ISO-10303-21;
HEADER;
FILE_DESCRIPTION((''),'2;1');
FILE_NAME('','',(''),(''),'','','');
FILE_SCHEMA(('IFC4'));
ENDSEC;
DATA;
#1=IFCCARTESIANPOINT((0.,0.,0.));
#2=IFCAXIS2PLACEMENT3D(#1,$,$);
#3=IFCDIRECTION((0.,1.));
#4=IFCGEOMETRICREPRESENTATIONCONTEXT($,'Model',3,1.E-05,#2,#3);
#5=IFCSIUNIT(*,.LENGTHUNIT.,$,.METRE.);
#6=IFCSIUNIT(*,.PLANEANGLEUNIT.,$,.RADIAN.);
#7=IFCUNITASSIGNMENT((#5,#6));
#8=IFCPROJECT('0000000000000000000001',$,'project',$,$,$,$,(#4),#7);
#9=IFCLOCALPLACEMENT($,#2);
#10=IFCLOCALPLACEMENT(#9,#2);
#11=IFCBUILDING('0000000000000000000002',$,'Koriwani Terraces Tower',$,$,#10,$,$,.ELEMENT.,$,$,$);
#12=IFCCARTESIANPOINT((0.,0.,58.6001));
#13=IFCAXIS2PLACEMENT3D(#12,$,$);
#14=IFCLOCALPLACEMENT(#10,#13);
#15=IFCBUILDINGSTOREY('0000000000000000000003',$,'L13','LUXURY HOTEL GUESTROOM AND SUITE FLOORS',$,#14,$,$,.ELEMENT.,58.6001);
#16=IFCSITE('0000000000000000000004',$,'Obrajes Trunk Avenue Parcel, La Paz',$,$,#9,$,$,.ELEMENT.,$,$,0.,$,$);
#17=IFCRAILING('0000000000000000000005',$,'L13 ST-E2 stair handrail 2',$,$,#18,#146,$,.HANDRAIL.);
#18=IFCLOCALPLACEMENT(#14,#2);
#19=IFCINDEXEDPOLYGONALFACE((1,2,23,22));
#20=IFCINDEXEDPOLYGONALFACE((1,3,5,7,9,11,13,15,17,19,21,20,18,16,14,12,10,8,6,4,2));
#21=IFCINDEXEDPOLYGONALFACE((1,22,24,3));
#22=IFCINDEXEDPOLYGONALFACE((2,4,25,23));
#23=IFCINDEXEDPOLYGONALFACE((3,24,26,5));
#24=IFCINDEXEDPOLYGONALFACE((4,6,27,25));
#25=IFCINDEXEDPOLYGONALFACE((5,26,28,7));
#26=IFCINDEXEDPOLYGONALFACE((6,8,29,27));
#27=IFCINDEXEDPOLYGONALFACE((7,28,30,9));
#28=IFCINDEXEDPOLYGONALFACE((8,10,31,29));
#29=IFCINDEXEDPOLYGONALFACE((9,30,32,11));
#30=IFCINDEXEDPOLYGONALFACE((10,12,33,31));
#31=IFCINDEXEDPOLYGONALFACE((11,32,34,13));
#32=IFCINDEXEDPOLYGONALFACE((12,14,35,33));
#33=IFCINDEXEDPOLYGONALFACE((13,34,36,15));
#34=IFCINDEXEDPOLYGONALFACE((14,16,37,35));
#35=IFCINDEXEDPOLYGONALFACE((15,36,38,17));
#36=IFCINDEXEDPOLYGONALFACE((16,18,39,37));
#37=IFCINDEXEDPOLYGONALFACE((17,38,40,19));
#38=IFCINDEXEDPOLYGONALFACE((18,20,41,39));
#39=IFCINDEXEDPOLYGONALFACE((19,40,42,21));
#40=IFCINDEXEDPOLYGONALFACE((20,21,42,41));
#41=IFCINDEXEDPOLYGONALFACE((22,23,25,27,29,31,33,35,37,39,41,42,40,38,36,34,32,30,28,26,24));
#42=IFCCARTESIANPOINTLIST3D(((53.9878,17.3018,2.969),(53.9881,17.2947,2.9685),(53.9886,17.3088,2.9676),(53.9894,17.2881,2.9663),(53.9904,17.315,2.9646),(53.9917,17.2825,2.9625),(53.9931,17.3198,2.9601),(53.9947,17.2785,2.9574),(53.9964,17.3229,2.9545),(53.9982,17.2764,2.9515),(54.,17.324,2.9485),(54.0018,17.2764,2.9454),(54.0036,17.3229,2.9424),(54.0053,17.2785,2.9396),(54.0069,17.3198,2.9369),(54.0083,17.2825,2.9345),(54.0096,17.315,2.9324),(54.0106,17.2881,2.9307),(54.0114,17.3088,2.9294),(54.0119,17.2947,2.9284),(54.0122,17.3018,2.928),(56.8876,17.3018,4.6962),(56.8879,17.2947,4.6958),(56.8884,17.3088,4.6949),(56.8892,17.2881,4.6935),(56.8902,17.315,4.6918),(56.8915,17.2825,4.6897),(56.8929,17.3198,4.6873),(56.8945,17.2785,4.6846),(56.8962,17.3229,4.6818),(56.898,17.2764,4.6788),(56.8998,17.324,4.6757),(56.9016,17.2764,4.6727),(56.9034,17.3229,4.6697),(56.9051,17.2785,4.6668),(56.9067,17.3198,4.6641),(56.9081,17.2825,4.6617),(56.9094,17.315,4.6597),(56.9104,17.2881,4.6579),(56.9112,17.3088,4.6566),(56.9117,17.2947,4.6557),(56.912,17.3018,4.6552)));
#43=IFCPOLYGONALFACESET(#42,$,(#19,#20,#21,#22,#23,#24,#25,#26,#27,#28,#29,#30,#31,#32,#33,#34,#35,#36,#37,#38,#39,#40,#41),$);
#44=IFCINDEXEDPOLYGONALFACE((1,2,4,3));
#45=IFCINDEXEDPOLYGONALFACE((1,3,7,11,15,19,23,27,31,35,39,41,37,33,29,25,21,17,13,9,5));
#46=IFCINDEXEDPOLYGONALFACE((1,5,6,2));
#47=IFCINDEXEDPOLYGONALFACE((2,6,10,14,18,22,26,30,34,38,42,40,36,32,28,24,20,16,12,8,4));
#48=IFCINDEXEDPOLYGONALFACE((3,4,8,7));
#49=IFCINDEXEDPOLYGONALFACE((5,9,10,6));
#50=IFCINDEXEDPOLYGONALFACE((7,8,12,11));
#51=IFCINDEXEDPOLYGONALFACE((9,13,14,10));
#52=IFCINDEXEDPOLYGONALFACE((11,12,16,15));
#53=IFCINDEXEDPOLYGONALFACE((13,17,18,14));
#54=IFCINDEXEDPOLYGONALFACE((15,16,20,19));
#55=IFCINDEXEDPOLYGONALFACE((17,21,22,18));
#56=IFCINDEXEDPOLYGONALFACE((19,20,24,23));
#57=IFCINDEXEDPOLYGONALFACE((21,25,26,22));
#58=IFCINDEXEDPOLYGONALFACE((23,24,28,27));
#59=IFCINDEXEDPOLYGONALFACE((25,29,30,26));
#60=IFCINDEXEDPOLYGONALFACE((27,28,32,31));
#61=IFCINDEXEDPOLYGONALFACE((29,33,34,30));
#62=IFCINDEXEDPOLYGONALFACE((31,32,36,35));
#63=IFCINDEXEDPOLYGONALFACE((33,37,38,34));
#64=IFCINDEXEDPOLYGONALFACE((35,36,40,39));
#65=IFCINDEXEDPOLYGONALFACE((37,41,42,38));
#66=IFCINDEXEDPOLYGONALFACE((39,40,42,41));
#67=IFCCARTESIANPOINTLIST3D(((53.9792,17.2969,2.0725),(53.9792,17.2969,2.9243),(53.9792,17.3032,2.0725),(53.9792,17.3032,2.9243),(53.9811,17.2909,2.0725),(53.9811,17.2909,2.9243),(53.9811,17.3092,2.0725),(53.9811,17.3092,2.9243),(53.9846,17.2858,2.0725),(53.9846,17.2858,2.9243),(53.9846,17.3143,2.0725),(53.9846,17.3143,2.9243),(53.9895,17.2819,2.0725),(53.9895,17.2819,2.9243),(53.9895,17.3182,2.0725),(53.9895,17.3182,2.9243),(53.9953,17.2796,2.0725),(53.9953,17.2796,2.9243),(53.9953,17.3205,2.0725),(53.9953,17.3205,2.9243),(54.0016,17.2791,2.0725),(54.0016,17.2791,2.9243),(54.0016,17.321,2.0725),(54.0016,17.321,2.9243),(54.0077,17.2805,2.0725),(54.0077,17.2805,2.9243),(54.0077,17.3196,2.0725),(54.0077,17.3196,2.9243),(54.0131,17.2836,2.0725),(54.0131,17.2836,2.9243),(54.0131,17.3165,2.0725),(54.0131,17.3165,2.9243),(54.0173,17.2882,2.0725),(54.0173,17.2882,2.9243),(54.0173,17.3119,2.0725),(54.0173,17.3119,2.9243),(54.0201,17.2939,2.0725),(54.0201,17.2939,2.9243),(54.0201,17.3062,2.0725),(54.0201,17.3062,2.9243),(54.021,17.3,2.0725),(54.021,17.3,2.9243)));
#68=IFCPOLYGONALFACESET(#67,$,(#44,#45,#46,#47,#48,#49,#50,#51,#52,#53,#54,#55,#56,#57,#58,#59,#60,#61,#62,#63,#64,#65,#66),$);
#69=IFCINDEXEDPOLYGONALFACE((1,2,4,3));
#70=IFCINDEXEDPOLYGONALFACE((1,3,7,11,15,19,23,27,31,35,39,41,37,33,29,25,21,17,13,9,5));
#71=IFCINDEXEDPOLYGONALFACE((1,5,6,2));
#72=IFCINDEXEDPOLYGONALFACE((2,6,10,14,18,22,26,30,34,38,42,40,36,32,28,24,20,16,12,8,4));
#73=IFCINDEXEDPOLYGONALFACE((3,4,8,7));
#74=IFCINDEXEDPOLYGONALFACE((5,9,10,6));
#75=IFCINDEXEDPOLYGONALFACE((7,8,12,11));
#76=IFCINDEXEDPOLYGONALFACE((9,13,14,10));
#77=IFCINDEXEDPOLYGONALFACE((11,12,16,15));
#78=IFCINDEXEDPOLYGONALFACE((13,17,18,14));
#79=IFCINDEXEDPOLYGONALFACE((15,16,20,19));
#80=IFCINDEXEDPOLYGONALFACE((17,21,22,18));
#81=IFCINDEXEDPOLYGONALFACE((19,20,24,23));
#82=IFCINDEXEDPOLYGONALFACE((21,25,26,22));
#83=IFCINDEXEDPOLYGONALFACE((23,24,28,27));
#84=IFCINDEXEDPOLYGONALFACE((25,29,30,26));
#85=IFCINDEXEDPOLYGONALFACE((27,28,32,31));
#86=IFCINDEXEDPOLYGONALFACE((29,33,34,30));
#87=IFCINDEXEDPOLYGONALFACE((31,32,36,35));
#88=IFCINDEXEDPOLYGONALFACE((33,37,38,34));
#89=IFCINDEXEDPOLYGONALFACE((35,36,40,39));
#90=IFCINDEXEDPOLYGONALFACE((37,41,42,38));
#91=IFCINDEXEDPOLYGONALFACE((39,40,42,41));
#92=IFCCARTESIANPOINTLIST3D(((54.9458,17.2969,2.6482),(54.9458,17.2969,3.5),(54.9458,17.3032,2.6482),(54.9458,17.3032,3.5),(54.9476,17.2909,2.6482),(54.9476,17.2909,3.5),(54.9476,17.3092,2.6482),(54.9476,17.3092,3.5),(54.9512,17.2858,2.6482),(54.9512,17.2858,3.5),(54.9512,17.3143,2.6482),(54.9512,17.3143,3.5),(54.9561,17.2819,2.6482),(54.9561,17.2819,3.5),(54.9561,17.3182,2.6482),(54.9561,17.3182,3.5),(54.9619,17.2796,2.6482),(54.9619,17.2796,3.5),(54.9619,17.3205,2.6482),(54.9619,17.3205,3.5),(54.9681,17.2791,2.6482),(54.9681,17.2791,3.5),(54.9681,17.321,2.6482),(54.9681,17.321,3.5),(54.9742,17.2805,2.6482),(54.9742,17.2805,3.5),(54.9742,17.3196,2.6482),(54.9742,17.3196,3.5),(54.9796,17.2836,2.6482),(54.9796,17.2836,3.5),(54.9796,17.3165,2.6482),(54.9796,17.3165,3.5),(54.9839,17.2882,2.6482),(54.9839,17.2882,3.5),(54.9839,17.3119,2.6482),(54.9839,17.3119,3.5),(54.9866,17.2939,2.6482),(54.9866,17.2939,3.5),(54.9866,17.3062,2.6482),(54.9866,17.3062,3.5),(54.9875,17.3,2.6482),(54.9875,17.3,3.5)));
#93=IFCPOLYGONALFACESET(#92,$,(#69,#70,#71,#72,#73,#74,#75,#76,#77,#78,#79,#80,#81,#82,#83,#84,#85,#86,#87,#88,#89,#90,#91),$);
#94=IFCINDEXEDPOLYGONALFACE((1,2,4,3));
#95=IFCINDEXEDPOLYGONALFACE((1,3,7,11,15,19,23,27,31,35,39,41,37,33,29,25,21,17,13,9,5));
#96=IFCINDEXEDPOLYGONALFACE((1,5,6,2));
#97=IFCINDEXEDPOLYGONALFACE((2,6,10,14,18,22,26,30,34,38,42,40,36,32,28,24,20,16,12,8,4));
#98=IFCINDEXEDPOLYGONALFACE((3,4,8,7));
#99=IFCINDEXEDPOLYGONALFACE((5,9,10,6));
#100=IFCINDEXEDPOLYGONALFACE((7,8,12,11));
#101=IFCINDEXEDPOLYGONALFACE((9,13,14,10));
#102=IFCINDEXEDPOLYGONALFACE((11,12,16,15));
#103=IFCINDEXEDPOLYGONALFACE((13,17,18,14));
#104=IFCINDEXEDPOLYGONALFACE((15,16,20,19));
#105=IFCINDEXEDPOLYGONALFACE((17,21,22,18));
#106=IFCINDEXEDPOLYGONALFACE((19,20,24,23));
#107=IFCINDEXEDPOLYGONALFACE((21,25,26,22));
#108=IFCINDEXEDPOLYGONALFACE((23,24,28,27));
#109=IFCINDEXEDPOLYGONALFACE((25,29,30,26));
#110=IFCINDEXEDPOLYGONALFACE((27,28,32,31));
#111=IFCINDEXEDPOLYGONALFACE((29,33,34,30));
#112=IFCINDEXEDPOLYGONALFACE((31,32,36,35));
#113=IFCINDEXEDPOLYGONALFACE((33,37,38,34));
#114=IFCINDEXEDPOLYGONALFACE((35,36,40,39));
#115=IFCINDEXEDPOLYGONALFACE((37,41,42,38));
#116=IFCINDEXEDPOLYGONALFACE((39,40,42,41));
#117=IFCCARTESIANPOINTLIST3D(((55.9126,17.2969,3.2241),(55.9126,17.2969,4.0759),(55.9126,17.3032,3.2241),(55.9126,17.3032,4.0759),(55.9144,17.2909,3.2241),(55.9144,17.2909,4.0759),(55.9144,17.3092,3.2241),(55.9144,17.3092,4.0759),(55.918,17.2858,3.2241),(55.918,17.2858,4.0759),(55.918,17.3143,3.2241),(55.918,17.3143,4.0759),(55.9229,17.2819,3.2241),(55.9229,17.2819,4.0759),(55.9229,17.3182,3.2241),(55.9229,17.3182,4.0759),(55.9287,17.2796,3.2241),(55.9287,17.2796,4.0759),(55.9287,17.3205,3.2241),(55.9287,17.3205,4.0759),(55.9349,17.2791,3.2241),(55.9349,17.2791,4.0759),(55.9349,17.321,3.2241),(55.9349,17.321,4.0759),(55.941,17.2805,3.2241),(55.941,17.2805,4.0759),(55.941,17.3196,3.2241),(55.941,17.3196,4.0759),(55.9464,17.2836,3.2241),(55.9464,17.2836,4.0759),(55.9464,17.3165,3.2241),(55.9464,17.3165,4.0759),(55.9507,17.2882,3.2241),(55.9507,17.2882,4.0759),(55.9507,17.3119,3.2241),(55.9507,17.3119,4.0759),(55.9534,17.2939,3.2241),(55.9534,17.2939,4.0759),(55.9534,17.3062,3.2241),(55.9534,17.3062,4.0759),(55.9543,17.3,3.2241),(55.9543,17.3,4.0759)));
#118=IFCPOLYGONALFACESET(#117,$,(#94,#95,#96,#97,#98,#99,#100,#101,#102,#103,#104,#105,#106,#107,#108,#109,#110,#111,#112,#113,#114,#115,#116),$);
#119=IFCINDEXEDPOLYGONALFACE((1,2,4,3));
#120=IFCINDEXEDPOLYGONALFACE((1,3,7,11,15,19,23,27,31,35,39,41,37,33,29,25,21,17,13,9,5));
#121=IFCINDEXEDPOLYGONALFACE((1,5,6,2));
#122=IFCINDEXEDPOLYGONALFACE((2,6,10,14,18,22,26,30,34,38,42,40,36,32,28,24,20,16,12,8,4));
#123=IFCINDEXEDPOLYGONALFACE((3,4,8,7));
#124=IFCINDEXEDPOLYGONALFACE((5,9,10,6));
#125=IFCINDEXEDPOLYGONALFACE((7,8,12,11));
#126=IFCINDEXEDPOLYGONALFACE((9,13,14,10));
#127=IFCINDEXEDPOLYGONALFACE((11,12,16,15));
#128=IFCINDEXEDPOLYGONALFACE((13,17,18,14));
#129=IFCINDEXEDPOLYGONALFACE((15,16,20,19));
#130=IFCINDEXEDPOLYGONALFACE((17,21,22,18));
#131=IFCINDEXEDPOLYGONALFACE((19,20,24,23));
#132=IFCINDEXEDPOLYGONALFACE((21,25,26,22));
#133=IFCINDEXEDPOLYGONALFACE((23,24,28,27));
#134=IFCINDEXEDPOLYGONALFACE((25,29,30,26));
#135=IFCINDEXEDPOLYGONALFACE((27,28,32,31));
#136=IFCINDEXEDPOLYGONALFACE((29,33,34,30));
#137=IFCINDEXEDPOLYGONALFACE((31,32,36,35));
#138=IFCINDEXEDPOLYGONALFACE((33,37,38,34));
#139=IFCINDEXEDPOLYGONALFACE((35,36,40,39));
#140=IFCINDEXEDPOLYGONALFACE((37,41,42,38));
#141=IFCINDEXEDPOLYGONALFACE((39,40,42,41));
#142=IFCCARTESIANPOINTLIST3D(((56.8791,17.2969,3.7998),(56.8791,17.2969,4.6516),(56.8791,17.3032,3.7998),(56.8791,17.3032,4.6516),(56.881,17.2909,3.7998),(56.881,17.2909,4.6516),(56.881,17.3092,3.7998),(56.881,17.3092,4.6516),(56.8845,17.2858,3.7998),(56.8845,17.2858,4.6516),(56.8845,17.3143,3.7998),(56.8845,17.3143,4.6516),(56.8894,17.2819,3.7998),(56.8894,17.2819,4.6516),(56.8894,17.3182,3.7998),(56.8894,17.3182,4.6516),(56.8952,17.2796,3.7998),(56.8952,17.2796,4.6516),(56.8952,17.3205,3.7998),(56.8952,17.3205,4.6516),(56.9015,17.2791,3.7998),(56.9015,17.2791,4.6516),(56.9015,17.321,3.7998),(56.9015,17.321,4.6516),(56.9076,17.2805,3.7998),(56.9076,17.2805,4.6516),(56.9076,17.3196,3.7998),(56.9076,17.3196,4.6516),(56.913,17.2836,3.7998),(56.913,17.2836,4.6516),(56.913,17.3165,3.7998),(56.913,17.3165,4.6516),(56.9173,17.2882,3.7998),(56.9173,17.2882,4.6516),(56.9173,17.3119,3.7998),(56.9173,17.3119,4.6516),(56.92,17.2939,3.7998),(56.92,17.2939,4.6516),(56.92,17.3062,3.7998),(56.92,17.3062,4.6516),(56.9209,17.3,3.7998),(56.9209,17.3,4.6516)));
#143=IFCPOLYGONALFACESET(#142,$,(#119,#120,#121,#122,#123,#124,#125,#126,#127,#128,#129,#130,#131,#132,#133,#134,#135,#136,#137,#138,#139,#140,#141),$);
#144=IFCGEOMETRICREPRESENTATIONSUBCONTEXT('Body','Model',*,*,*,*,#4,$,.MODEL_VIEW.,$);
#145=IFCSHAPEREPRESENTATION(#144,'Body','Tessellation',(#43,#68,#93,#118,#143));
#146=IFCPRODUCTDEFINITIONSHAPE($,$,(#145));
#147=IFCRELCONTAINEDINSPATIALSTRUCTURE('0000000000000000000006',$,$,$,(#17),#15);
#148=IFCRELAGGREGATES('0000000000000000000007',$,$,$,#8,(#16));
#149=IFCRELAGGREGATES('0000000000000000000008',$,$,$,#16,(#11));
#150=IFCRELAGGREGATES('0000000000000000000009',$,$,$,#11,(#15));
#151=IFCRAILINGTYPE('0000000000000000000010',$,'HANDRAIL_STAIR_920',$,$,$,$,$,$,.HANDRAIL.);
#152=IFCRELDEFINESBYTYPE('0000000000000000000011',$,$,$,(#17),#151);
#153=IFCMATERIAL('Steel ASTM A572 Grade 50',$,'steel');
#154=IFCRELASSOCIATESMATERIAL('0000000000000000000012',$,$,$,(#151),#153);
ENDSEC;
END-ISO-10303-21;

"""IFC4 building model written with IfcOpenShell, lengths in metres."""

from ifc_helpers import new_model, si_unit, direction, frame, origin, origin_2d, place, context, subcontext, project, spatial, circle, extrude, material, type_object, element, save


model = new_model("IFC4")

# Units and contexts
model_context = context("Model", 3, precision=1e-05, world=origin(), true_north=direction((0.0, 1.0)))
body_context = subcontext(model_context, "Body", "Model", "MODEL_VIEW")
ifc_project = project(units=[si_unit("LENGTHUNIT", "METRE"), si_unit("PLANEANGLEUNIT", "RADIAN")], contexts=[model_context])

# Site, building, storey
site_placement = place(None, origin())
site = spatial("IfcSite", under=ifc_project, at=site_placement, Name="Obrajes Trunk Avenue Parcel, La Paz", CompositionType="ELEMENT", RefElevation=0.0)
building_placement = place(site_placement, origin())
building = spatial("IfcBuilding", under=site, at=building_placement, Name="Koriwani Terraces Tower", CompositionType="ELEMENT")
storey_placement = place(building_placement, frame((0.0, 0.0, 58.6001)))
storey = spatial("IfcBuildingStorey", under=building, at=storey_placement, Name="L13", Description="LUXURY HOTEL GUESTROOM AND SUITE FLOORS", CompositionType="ELEMENT", Elevation=58.6001)

# Shared definitions
ifc_material_1 = material(Name="Steel ASTM A572 Grade 50", Category="steel")

# Railing
railing_type = type_object("IfcRailingType", Name="HANDRAIL_STAIR_920", PredefinedType="HANDRAIL", material=ifc_material_1)
for number, where, name in (
    (1, (54.0, 17.3, 2.0725), "L13 ST-E2 stair handrail 2"),
):
    element("IfcRailing", number, at=place(storey_placement, frame(where)), inside=storey, type_object=railing_type, Name=name, PredefinedType="HANDRAIL", context=body_context, shape_type="SweptSolid", body=[
        extrude(circle(Radius=0.0239, at=origin_2d()), frame((0.0, 0.0, 0.876), z_axis=(0.859141, 0.0, 0.511738), x_axis=(0.0, 1.0, 0.0)), (0.0, 0.0, 1.0), 3.3752),
        extrude(circle(Radius=0.021, at=origin_2d()), origin(), (0.0, 0.0, 1.0), 0.8518),
        extrude(circle(Radius=0.021, at=origin_2d()), frame((0.9666, 0.0, 0.5757)), (0.0, 0.0, 1.0), 0.8518),
        extrude(circle(Radius=0.021, at=origin_2d()), frame((1.9333, 0.0, 1.1516)), (0.0, 0.0, 1.0), 0.8518),
        extrude(circle(Radius=0.021, at=origin_2d()), frame((2.8999, 0.0, 1.7273)), (0.0, 0.0, 1.0), 0.8518),
    ])

save(model, "model.ifc")
